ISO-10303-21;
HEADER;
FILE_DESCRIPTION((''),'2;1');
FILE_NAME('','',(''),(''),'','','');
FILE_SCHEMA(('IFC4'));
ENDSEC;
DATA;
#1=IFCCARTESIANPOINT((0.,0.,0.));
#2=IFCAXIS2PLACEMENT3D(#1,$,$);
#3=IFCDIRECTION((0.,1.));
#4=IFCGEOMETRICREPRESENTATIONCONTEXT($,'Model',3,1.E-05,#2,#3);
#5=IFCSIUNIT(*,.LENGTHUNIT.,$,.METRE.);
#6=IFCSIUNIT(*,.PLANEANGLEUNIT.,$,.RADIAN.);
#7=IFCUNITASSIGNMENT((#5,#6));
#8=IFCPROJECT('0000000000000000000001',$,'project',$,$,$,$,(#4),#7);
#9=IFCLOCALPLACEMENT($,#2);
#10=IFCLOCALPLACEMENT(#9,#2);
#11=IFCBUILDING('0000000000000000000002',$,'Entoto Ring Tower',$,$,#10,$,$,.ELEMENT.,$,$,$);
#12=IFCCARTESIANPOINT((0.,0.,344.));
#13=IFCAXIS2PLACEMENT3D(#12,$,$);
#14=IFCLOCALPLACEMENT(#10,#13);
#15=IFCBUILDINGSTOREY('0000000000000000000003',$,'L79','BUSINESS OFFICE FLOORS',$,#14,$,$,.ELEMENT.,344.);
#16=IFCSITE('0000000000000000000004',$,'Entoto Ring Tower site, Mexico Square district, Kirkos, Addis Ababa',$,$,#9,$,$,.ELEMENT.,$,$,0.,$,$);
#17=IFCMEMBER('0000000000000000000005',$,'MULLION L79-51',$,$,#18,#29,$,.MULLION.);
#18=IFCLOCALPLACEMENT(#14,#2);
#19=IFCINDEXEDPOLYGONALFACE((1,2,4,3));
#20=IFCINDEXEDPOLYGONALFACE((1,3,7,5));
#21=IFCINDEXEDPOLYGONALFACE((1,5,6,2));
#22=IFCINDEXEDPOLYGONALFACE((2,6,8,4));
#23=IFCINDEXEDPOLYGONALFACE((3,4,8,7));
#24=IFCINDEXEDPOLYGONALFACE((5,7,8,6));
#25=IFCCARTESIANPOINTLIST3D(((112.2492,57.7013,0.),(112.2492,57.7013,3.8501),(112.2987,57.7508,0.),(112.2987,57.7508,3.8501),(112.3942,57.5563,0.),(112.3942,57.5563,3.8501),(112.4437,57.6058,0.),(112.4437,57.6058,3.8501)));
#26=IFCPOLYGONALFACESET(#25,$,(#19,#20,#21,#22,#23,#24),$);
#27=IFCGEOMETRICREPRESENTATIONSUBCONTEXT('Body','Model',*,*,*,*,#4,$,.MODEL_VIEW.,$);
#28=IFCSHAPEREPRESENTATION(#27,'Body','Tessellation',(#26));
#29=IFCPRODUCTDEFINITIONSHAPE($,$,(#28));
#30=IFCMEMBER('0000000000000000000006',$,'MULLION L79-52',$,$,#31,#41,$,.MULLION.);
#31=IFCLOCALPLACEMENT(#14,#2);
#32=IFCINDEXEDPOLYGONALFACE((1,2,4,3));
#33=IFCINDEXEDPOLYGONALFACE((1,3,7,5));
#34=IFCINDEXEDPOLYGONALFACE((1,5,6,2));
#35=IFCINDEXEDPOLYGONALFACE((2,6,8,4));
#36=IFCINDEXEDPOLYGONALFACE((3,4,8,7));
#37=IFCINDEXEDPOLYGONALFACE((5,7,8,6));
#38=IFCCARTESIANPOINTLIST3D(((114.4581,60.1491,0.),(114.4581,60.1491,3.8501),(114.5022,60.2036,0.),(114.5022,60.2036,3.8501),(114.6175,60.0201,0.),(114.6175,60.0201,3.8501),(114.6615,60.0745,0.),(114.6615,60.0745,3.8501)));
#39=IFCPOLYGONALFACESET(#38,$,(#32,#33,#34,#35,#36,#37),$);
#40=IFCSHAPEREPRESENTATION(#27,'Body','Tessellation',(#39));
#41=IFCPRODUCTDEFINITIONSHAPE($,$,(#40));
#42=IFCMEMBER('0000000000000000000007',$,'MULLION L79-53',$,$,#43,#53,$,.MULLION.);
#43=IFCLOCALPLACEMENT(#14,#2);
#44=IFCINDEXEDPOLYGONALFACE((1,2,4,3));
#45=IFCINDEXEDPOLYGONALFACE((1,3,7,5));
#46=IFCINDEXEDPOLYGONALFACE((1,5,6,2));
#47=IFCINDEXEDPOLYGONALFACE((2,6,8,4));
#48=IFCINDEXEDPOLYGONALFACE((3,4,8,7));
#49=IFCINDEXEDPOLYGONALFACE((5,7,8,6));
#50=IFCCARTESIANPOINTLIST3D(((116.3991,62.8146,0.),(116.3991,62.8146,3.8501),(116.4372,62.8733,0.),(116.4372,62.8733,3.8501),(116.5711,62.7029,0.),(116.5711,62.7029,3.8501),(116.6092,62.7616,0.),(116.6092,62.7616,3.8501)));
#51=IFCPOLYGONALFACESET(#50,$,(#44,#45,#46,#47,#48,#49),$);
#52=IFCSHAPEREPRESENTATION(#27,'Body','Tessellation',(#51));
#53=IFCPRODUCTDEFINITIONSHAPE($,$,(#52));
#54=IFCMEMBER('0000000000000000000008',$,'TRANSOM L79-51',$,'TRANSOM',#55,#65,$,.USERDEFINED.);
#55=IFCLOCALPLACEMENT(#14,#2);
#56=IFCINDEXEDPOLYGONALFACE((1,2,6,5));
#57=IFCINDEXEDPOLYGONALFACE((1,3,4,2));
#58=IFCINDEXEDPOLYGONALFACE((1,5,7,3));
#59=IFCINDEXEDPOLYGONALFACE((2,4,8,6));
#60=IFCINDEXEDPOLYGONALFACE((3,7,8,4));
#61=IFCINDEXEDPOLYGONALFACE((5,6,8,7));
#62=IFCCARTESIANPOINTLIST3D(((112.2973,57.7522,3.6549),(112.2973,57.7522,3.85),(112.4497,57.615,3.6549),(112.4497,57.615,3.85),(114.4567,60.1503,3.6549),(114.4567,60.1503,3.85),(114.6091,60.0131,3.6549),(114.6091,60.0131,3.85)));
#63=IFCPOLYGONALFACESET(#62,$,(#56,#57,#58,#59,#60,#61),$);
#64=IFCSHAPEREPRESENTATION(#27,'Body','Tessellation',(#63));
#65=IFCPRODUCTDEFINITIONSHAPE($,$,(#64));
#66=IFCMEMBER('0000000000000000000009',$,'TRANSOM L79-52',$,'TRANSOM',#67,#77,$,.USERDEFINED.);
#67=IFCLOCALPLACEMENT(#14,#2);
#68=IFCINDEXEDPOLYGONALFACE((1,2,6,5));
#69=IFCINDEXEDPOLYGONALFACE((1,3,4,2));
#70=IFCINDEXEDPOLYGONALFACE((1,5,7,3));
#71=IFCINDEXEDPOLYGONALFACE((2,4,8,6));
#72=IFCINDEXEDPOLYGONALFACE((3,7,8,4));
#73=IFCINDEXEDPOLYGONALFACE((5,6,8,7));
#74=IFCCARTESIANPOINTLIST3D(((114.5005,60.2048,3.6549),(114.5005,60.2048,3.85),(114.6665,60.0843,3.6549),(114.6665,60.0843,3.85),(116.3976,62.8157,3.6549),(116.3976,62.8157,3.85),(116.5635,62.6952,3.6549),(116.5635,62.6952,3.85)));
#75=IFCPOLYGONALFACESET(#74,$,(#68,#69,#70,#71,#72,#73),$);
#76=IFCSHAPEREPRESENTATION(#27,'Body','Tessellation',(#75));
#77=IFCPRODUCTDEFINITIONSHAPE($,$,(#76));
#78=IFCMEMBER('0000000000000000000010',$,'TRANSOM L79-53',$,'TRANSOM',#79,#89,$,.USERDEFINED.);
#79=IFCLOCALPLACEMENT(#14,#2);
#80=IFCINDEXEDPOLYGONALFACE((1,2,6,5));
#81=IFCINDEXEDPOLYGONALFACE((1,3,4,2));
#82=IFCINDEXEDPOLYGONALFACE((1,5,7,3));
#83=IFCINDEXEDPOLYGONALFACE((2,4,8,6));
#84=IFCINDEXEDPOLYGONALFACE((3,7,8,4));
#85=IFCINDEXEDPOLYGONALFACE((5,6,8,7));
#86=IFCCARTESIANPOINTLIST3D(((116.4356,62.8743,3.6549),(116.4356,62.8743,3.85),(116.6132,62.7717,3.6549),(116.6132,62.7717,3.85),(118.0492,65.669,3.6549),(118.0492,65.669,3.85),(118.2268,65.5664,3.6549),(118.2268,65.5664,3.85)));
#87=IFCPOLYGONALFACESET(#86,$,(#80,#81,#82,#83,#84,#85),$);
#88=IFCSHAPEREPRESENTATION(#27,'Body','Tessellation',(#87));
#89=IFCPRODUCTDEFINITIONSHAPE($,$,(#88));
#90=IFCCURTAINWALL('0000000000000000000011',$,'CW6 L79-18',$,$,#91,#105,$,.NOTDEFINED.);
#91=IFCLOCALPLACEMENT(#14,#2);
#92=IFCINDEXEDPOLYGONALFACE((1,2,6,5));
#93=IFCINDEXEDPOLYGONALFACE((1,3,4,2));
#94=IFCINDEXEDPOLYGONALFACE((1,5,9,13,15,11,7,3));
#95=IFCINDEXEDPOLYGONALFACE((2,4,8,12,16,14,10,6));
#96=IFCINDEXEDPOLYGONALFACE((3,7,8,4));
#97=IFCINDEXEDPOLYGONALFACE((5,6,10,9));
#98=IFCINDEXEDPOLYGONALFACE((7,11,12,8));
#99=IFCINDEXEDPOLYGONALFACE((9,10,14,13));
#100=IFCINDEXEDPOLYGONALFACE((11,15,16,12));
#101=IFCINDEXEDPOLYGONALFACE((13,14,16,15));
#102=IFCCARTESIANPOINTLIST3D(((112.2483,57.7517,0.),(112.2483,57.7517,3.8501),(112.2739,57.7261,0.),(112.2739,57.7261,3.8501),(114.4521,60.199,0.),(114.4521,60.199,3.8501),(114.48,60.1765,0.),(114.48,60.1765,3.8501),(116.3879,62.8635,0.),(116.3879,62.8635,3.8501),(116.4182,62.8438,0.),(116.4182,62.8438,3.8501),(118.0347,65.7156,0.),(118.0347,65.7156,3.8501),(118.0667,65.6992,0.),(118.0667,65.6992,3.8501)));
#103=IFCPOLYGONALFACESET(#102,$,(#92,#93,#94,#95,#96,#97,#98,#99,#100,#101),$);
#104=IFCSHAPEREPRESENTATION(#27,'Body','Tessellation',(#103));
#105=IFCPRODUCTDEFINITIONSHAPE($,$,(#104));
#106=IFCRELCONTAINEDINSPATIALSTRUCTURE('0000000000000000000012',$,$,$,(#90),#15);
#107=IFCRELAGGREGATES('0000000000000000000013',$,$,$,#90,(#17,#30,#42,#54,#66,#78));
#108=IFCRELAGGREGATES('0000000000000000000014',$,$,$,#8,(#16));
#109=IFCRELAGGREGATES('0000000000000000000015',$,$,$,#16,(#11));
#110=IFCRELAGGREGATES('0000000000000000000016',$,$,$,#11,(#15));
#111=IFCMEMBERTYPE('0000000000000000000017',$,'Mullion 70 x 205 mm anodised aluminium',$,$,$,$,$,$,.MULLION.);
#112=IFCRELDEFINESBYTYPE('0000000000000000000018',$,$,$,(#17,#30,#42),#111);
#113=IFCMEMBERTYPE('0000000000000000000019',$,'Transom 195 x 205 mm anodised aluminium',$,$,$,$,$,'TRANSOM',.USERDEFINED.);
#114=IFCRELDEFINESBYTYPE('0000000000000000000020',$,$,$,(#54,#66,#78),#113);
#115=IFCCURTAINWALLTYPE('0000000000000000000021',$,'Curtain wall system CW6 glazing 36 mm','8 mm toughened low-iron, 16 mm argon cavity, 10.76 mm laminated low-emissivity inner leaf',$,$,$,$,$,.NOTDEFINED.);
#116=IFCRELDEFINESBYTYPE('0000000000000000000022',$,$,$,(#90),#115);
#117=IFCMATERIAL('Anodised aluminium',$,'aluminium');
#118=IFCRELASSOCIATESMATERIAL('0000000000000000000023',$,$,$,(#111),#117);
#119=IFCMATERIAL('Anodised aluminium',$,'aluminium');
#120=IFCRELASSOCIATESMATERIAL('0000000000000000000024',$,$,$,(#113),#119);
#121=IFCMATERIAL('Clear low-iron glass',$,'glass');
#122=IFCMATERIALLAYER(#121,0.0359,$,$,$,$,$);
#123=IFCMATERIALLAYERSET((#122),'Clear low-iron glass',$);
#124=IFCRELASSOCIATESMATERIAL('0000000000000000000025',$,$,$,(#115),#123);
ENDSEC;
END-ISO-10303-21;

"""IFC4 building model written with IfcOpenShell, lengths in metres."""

from ifc_helpers import new_model, si_unit, direction, frame, origin, origin_2d, place, context, subcontext, project, spatial, polyline, rectangle, outline, extrude, material, layer, layer_set, material_profile, profile_set, type_object, element, aggregate, save


model = new_model("IFC4")

# Units and contexts
model_context = context("Model", 3, precision=1e-05, world=origin(), true_north=direction((0.0, 1.0)))
body_context = subcontext(model_context, "Body", "Model", "MODEL_VIEW")
ifc_project = project(units=[si_unit("LENGTHUNIT", "METRE"), si_unit("PLANEANGLEUNIT", "RADIAN")], contexts=[model_context])

# Members
ifc_material_1 = material(Name="Anodised aluminium", Category="aluminium")
ifc_material_profile_1 = material_profile(ifc_material_1, rectangle(XDim=0.0701, YDim=0.2051, at=origin_2d()), Name="Mullion 70 x 205 mm anodised aluminium")
ifc_profile_set_1 = profile_set([ifc_material_profile_1], Name="Anodised aluminium")
member_type_1 = type_object("IfcMemberType", Name="Mullion 70 x 205 mm anodised aluminium", PredefinedType="MULLION", material=ifc_profile_set_1)
site_placement = place(None, origin())
building_placement = place(site_placement, origin())
storey_placement = place(building_placement, frame((0.0, 0.0, 344.0)))
member_1_placement = place(storey_placement, frame((112.3464, 57.6536, 0.0), z_axis=(0.0, 0.0, 1.0), x_axis=(0.707107, 0.707107, 0.0)))
member_1 = element("IfcMember", 1, at=member_1_placement, type_object=member_type_1, Name="MULLION L79-51", PredefinedType="MULLION", context=body_context, shape_type="SweptSolid", body=[
    extrude(rectangle(XDim=0.0701, YDim=0.2051, at=origin_2d()), origin(), (0.0, 0.0, 1.0), 3.8501),
])
member_2_placement = place(storey_placement, frame((114.5598, 60.1118, 0.0), z_axis=(0.0, 0.0, 1.0), x_axis=(0.62932, 0.777146, 0.0)))
member_2 = element("IfcMember", 2, at=member_2_placement, type_object=member_type_1, Name="MULLION L79-52", PredefinedType="MULLION", context=body_context, shape_type="SweptSolid", body=[
    extrude(rectangle(XDim=0.0701, YDim=0.2051, at=origin_2d()), origin(), (0.0, 0.0, 1.0), 3.8501),
])
member_3_placement = place(storey_placement, frame((116.5042, 62.7881, 0.0), z_axis=(0.0, 0.0, 1.0), x_axis=(0.544639, 0.838671, 0.0)))
member_3 = element("IfcMember", 3, at=member_3_placement, type_object=member_type_1, Name="MULLION L79-53", PredefinedType="MULLION", context=body_context, shape_type="SweptSolid", body=[
    extrude(rectangle(XDim=0.0701, YDim=0.2051, at=origin_2d()), origin(), (0.0, 0.0, 1.0), 3.8501),
])
ifc_material_2 = material(Name="Anodised aluminium", Category="aluminium")
ifc_material_profile_2 = material_profile(ifc_material_2, rectangle(XDim=0.2051, YDim=0.1951, at=origin_2d()), Name="Transom 195 x 205 mm anodised aluminium")
ifc_profile_set_2 = profile_set([ifc_material_profile_2], Name="Anodised aluminium")
member_type_2 = type_object("IfcMemberType", Name="Transom 195 x 205 mm anodised aluminium", ElementType="TRANSOM", PredefinedType="USERDEFINED", material=ifc_profile_set_2)
member_4_placement = place(storey_placement, frame((112.3735, 57.6836, 3.7524), z_axis=(0.669144, 0.743132, 0.0), x_axis=(-0.743132, 0.669144, 0.0)))
member_4 = element("IfcMember", 4, at=member_4_placement, type_object=member_type_2, Name="TRANSOM L79-51", ObjectType="TRANSOM", PredefinedType="USERDEFINED", context=body_context, shape_type="SweptSolid", body=[
    extrude(rectangle(XDim=0.2051, YDim=0.1951, at=origin_2d()), origin(), (0.0, 0.0, 1.0), 3.2271),
])
member_5_placement = place(storey_placement, frame((114.5835, 60.1445, 3.7524), z_axis=(0.587803, 0.809004, 0.0), x_axis=(-0.809004, 0.587803, 0.0)))
member_5 = element("IfcMember", 5, at=member_5_placement, type_object=member_type_2, Name="TRANSOM L79-52", ObjectType="TRANSOM", PredefinedType="USERDEFINED", context=body_context, shape_type="SweptSolid", body=[
    extrude(rectangle(XDim=0.2051, YDim=0.1951, at=origin_2d()), origin(), (0.0, 0.0, 1.0), 3.2273),
])
member_6_placement = place(storey_placement, frame((116.5244, 62.823, 3.7524), z_axis=(0.500004, 0.866023, 0.0), x_axis=(-0.866023, 0.500004, 0.0)))
member_6 = element("IfcMember", 6, at=member_6_placement, type_object=member_type_2, Name="TRANSOM L79-53", ObjectType="TRANSOM", PredefinedType="USERDEFINED", context=body_context, shape_type="SweptSolid", body=[
    extrude(rectangle(XDim=0.2051, YDim=0.1951, at=origin_2d()), origin(), (0.0, 0.0, 1.0), 3.2271),
])

# Site, building, storey
site = spatial("IfcSite", under=ifc_project, at=site_placement, Name="Entoto Ring Tower site, Mexico Square district, Kirkos, Addis Ababa", CompositionType="ELEMENT", RefElevation=0.0)
building = spatial("IfcBuilding", under=site, at=building_placement, Name="Entoto Ring Tower", CompositionType="ELEMENT")
storey = spatial("IfcBuildingStorey", under=building, at=storey_placement, Name="L79", Description="BUSINESS OFFICE FLOORS", CompositionType="ELEMENT", Elevation=344.0)

# Curtain wall
ifc_material_3 = material(Name="Clear low-iron glass", Category="glass")
ifc_layer_1 = layer(ifc_material_3, 0.0359)
ifc_layer_set_1 = layer_set([ifc_layer_1], Name="Clear low-iron glass")
curtain_wall_type = type_object("IfcCurtainWallType", Name="Curtain wall system CW6 glazing 36 mm", Description="8 mm toughened low-iron, 16 mm argon cavity, 10.76 mm laminated low-emissivity inner leaf", PredefinedType="NOTDEFINED", material=ifc_layer_set_1)
curtain_wall_1_placement = place(storey_placement, origin())
curtain_wall_1 = element("IfcCurtainWall", 7, at=curtain_wall_1_placement, inside=storey, type_object=curtain_wall_type, Name="CW6 L79-18", PredefinedType="NOTDEFINED", context=body_context, shape_type="SweptSolid", body=[
    extrude(outline(polyline([(112.2739, 57.7261), (114.48, 60.1765), (116.4182, 62.8438), (118.0667, 65.6992), (118.0347, 65.7156), (116.3879, 62.8635), (114.4521, 60.199), (112.2483, 57.7517), (112.2739, 57.7261)])), origin(), (0.0, 0.0, 1.0), 3.8501),
])
aggregate(curtain_wall_1, [member_1, member_2, member_3, member_4, member_5, member_6])

save(model, "model.ifc")
